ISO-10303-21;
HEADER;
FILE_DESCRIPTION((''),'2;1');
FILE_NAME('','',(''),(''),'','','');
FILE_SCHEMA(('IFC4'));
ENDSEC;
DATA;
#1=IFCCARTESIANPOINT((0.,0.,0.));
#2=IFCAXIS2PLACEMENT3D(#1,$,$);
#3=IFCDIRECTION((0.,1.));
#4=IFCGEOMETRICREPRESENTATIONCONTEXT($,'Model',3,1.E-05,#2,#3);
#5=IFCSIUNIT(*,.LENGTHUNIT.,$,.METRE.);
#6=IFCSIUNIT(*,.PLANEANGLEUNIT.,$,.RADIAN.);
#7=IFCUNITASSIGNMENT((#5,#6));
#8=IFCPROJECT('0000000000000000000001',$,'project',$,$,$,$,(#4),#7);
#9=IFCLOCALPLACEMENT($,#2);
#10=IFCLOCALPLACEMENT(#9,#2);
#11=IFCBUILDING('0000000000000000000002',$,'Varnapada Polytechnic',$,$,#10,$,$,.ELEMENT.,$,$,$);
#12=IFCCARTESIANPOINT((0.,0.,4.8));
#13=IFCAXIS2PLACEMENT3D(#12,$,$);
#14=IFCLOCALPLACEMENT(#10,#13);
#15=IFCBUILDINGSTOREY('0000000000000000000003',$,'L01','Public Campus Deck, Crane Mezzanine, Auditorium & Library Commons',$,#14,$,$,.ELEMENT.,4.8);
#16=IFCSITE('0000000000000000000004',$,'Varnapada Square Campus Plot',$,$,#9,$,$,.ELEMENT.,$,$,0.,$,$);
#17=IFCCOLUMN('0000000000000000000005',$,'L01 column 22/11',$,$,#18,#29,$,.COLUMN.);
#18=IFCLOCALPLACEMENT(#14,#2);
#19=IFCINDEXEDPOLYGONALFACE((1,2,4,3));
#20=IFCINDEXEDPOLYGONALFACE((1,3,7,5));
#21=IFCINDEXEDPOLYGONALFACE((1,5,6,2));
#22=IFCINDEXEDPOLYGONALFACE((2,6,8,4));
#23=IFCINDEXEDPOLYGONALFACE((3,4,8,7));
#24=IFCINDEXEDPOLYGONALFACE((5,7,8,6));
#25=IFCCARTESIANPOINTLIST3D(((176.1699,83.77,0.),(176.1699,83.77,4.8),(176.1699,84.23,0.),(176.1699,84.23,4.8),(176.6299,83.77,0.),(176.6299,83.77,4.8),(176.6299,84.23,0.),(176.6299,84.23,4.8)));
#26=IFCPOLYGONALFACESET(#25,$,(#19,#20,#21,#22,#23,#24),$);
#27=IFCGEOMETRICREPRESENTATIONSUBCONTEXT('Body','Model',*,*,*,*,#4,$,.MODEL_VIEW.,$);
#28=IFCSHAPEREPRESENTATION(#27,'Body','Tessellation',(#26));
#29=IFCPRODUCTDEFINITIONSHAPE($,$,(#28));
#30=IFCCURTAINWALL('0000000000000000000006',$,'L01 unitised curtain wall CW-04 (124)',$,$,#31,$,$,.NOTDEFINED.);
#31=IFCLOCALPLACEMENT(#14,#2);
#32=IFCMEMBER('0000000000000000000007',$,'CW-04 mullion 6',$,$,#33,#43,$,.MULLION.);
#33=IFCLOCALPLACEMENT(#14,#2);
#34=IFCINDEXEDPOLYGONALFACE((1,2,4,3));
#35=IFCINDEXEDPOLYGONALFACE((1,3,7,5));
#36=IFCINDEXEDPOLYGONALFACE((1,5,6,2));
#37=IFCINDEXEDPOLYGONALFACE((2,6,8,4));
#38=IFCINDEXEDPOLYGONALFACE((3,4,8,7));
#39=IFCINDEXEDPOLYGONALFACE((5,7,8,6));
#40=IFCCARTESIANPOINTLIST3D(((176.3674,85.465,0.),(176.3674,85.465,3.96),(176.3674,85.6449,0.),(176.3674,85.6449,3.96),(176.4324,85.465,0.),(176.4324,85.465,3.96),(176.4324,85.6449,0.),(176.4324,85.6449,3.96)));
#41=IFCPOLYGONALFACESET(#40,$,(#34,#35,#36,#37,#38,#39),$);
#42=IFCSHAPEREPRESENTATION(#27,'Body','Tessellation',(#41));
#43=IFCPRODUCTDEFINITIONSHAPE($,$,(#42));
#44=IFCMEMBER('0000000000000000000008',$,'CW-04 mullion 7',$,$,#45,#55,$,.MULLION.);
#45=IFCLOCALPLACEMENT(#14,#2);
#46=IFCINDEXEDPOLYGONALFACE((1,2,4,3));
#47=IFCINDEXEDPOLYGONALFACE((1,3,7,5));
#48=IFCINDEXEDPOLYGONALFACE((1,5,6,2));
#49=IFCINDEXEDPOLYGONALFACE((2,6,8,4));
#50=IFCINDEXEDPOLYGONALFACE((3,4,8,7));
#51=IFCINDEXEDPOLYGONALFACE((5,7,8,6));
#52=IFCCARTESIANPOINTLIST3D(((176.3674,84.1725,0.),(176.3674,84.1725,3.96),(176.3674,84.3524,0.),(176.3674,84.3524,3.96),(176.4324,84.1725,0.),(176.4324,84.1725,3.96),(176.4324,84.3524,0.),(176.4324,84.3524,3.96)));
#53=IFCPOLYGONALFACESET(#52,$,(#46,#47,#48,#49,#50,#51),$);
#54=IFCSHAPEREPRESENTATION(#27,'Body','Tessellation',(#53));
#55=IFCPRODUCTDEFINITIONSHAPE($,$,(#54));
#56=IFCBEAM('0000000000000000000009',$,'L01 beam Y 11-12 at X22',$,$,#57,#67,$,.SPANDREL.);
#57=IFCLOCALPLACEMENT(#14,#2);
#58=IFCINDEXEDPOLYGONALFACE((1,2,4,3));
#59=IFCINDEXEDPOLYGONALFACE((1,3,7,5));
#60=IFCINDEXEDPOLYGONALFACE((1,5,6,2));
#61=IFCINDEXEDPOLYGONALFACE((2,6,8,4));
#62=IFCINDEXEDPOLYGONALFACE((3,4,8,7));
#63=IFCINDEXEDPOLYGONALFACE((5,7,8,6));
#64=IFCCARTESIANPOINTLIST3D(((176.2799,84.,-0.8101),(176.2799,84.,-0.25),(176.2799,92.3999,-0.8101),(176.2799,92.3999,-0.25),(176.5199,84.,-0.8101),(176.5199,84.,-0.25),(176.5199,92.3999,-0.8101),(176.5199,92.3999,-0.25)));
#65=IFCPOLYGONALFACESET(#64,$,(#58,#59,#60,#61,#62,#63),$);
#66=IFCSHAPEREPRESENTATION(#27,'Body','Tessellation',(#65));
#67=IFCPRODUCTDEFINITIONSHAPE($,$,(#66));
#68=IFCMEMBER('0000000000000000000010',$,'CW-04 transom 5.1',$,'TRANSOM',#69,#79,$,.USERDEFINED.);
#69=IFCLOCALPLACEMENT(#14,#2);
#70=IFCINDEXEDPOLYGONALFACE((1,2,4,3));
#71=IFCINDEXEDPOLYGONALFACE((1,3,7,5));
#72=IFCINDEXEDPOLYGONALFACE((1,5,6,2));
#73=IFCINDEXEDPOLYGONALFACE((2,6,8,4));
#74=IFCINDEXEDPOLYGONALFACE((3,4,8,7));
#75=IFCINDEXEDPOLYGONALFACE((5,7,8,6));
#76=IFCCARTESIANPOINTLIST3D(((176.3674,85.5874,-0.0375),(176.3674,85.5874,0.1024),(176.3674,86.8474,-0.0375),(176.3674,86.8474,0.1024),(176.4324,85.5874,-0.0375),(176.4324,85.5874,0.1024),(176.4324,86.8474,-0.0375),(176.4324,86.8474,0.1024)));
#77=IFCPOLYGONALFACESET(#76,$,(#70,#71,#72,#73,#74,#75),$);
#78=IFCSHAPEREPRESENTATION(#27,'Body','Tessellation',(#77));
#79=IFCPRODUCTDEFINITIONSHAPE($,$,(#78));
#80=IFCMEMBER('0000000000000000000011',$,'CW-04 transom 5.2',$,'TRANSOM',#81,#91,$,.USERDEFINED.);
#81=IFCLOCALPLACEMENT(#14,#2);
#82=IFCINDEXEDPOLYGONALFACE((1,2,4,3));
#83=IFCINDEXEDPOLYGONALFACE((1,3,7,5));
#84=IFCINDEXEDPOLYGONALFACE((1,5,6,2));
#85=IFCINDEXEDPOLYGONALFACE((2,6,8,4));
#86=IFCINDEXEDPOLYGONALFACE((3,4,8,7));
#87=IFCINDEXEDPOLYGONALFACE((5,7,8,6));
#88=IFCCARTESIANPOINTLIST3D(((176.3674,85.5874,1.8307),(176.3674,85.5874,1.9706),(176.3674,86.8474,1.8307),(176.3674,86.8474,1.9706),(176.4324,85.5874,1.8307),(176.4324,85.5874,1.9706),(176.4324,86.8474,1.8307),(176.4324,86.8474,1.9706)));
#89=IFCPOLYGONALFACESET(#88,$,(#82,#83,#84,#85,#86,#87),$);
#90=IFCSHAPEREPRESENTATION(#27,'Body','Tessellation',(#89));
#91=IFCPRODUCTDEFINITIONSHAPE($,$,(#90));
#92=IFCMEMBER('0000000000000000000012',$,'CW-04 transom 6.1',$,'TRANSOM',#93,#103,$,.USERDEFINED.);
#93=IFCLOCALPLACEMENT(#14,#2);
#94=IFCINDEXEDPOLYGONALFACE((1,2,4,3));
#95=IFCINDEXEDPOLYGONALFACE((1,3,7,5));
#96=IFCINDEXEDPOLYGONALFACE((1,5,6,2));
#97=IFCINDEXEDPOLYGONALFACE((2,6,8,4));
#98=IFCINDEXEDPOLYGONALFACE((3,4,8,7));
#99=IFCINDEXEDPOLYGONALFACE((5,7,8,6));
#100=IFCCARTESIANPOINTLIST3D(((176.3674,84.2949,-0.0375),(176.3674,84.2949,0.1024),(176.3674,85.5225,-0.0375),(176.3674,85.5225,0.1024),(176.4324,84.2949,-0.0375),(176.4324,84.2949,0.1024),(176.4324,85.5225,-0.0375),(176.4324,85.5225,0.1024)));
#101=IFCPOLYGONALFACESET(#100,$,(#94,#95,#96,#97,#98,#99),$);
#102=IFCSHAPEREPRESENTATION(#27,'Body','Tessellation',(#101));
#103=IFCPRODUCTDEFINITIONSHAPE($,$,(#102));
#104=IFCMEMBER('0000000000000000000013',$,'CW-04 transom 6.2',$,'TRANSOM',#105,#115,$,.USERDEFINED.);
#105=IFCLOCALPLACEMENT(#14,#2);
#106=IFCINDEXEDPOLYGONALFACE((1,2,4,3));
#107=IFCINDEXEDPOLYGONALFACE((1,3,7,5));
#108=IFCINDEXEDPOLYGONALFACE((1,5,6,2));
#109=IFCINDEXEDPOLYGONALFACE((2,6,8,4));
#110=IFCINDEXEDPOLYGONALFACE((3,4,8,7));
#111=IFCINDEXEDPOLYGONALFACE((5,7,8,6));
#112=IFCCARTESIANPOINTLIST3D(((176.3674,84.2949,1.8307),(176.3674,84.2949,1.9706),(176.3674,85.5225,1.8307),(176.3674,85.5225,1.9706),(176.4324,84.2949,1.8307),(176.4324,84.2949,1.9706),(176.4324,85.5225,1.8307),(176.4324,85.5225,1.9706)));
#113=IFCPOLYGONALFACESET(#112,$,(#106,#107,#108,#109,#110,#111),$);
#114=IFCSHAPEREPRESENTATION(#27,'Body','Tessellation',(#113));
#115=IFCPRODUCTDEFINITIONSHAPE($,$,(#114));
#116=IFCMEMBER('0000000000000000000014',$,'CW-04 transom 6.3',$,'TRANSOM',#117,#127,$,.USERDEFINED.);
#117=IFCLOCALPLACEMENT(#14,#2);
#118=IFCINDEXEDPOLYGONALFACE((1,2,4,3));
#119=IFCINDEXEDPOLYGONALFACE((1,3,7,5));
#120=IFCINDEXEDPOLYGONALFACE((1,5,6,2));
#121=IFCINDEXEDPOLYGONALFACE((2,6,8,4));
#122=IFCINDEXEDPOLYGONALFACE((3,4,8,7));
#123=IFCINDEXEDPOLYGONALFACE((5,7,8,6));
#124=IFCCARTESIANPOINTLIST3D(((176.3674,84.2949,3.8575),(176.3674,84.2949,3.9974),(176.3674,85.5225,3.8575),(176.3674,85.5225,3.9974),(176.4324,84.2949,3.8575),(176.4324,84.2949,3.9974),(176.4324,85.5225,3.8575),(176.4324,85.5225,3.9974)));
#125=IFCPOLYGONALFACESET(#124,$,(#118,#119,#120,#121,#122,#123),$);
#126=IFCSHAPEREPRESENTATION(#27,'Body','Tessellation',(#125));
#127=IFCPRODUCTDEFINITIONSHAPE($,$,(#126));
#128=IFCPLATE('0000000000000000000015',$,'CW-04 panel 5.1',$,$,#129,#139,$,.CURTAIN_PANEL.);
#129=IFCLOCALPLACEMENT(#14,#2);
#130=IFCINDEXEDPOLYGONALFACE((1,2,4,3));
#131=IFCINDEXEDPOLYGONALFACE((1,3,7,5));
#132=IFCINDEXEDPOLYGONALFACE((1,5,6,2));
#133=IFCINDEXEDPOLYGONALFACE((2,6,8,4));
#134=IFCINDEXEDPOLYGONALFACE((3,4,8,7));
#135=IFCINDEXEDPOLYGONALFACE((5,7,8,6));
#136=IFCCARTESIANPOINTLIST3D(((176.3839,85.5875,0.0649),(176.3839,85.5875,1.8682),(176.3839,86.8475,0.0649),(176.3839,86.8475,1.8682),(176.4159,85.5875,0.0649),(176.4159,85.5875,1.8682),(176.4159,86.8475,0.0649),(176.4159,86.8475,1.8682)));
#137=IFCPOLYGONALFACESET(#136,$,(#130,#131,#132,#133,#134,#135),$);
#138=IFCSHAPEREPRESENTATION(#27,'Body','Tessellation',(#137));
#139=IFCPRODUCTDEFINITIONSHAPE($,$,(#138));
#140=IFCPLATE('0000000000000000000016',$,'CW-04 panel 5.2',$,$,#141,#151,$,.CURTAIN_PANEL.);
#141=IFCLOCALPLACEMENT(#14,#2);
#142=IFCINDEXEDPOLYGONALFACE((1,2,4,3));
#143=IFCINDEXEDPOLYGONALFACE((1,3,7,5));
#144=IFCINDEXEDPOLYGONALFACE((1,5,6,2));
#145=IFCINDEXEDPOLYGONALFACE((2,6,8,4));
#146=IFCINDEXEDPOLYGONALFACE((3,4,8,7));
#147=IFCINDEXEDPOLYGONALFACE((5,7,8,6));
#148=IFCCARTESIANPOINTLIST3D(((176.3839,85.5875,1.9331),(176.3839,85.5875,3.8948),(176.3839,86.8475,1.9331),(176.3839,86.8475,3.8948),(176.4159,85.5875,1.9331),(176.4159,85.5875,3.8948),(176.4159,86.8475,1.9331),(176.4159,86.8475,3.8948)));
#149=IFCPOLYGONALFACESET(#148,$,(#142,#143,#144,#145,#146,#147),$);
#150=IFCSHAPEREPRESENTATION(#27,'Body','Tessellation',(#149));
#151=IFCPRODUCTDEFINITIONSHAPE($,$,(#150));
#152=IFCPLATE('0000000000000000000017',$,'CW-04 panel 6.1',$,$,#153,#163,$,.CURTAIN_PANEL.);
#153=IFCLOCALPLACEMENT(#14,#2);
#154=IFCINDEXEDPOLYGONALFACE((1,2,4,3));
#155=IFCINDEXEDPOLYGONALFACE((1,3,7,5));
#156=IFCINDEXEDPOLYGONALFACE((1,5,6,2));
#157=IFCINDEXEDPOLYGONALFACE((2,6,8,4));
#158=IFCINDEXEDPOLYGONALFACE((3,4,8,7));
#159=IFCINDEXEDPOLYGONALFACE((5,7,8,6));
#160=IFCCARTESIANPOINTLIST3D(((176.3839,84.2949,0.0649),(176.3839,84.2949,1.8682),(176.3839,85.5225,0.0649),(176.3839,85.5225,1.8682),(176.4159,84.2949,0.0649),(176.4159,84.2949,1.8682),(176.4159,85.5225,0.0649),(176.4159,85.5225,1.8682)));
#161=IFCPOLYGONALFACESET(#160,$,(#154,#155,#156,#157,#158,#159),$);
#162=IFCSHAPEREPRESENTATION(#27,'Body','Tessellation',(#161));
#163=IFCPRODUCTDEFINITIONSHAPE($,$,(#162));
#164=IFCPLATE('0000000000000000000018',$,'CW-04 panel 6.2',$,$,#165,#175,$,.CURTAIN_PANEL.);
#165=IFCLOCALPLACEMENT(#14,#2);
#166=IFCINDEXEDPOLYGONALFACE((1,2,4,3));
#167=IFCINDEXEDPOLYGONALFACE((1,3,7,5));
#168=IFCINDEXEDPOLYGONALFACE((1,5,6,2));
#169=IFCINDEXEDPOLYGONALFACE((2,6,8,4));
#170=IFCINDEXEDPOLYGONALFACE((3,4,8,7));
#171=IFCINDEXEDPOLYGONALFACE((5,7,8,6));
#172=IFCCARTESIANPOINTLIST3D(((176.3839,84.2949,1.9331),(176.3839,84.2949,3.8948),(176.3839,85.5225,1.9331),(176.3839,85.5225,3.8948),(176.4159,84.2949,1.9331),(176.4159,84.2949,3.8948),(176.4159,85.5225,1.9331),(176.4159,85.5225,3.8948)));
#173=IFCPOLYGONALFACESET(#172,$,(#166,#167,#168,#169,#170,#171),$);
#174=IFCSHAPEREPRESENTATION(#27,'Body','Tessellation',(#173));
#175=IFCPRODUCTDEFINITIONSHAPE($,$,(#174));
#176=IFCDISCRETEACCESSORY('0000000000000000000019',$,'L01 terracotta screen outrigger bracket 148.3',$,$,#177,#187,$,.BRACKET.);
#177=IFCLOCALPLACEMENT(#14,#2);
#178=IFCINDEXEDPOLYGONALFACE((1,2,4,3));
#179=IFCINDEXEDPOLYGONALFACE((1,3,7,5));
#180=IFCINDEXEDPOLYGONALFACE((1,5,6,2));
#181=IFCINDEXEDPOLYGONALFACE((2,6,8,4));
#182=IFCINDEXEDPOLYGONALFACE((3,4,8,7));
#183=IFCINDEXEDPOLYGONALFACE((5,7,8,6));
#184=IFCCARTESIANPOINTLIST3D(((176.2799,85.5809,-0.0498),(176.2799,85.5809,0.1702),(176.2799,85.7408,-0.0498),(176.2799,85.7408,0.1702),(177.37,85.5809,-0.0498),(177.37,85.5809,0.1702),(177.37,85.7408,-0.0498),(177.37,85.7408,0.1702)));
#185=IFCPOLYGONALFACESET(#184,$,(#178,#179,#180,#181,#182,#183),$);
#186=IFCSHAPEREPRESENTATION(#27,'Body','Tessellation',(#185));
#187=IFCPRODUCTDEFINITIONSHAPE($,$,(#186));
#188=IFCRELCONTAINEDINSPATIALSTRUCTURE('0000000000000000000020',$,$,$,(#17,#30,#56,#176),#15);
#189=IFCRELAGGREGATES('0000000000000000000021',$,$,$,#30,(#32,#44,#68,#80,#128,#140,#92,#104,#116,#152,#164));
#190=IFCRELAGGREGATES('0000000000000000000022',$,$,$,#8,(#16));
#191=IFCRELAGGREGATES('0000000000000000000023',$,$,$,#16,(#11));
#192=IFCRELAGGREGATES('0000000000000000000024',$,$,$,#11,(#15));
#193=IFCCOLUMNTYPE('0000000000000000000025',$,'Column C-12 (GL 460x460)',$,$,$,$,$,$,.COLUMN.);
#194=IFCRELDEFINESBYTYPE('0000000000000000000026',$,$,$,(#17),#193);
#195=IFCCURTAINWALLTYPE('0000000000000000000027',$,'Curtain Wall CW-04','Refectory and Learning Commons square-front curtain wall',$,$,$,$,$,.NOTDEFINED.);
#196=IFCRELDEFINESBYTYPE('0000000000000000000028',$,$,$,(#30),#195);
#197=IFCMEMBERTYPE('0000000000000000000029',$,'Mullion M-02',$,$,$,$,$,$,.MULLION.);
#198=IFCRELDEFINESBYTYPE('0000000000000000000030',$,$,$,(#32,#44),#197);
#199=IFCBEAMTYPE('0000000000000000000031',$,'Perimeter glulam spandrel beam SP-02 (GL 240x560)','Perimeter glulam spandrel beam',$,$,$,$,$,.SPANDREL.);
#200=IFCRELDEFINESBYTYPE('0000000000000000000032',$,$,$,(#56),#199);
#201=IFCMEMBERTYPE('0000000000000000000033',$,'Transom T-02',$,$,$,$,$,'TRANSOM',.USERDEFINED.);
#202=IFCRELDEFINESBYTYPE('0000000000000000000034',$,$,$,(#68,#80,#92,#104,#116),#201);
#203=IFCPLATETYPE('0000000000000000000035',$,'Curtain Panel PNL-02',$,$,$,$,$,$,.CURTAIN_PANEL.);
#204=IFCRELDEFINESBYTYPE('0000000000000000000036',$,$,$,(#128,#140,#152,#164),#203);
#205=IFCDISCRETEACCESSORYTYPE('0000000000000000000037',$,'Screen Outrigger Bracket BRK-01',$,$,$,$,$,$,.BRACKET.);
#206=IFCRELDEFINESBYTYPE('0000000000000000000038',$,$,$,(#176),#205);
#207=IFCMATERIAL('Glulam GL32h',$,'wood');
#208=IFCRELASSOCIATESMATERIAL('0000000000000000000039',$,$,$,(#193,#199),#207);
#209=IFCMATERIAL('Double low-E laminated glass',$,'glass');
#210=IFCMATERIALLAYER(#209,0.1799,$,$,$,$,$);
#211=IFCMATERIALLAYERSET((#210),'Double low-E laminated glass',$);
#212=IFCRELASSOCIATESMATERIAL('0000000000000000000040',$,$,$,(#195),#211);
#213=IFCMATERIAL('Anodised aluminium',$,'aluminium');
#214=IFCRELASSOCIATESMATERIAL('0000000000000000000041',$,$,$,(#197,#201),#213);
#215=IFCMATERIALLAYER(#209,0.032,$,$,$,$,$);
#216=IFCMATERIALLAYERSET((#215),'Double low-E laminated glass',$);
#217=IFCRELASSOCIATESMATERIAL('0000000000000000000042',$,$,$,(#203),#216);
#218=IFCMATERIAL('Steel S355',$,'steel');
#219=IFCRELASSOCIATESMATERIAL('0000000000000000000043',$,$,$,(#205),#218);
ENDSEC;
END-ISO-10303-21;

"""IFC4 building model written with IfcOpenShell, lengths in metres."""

from ifc_helpers import new_model, si_unit, direction, frame, origin, origin_2d, place, context, subcontext, project, spatial, rectangle, extrude, material, layer, layer_set, material_profile, profile_set, type_object, element, aggregate, save


model = new_model("IFC4")

# Units and contexts
model_context = context("Model", 3, precision=1e-05, world=origin(), true_north=direction((0.0, 1.0)))
body_context = subcontext(model_context, "Body", "Model", "MODEL_VIEW")
ifc_project = project(units=[si_unit("LENGTHUNIT", "METRE"), si_unit("PLANEANGLEUNIT", "RADIAN")], contexts=[model_context])

# Site, building, storey
site_placement = place(None, origin())
site = spatial("IfcSite", under=ifc_project, at=site_placement, Name="Varnapada Square Campus Plot", CompositionType="ELEMENT", RefElevation=0.0)
building_placement = place(site_placement, origin())
building = spatial("IfcBuilding", under=site, at=building_placement, Name="Varnapada Polytechnic", CompositionType="ELEMENT")
storey_placement = place(building_placement, frame((0.0, 0.0, 4.8)))
storey = spatial("IfcBuildingStorey", under=building, at=storey_placement, Name="L01", Description="Public Campus Deck, Crane Mezzanine, Auditorium & Library Commons", CompositionType="ELEMENT", Elevation=4.8)

# Column
ifc_material_1 = material(Name="Glulam GL32h", Category="wood")
ifc_material_profile_1 = material_profile(ifc_material_1, rectangle(XDim=0.46, YDim=0.46, at=origin_2d()), Name="GL 460x460")
ifc_profile_set_1 = profile_set([ifc_material_profile_1], Name="Glulam GL32h")
column_type = type_object("IfcColumnType", Name="Column C-12 (GL 460x460)", PredefinedType="COLUMN", material=ifc_profile_set_1)
column_placement = place(storey_placement, frame((176.3999, 84.0, 0.0), z_axis=(0.0, 0.0, 1.0), x_axis=(1.0, 0.0, 0.0)))
element("IfcColumn", 1, at=column_placement, inside=storey, type_object=column_type, Name="L01 column 22/11", PredefinedType="COLUMN", context=body_context, shape_type="SweptSolid", body=[
    extrude(rectangle(XDim=0.46, YDim=0.46, at=origin_2d()), origin(), (0.0, 0.0, 1.0), 4.8),
])

# Curtain wall, members
ifc_material_2 = material(Name="Double low-E laminated glass", Category="glass")
ifc_layer_1 = layer(ifc_material_2, 0.1799)
ifc_layer_set_1 = layer_set([ifc_layer_1], Name="Double low-E laminated glass")
curtain_wall_type = type_object("IfcCurtainWallType", Name="Curtain Wall CW-04", Description="Refectory and Learning Commons square-front curtain wall", PredefinedType="NOTDEFINED", material=ifc_layer_set_1)
curtain_wall_placement = place(storey_placement, origin())
curtain_wall = element("IfcCurtainWall", 2, at=curtain_wall_placement, inside=storey, type_object=curtain_wall_type, Name="L01 unitised curtain wall CW-04 (124)", PredefinedType="NOTDEFINED")
ifc_material_3 = material(Name="Anodised aluminium", Category="aluminium")
ifc_material_profile_2 = material_profile(ifc_material_3, rectangle(XDim=0.0649, YDim=0.1799, at=origin_2d()), Name="ALU M65x180")
ifc_profile_set_2 = profile_set([ifc_material_profile_2], Name="Anodised aluminium")
member_type_1 = type_object("IfcMemberType", Name="Mullion M-02", PredefinedType="MULLION", material=ifc_profile_set_2)
member_1_placement = place(storey_placement, frame((176.3999, 85.5549, 0.0), z_axis=(0.0, 0.0, 1.0), x_axis=(1.0, 0.0, 0.0)))
member_1 = element("IfcMember", 3, at=member_1_placement, type_object=member_type_1, Name="CW-04 mullion 6", PredefinedType="MULLION", context=body_context, shape_type="SweptSolid", body=[
    extrude(rectangle(XDim=0.0649, YDim=0.1799, at=origin_2d()), origin(), (0.0, 0.0, 1.0), 3.96),
])
member_2_placement = place(storey_placement, frame((176.3999, 84.2625, 0.0), z_axis=(0.0, 0.0, 1.0), x_axis=(1.0, 0.0, 0.0)))
member_2 = element("IfcMember", 4, at=member_2_placement, type_object=member_type_1, Name="CW-04 mullion 7", PredefinedType="MULLION", context=body_context, shape_type="SweptSolid", body=[
    extrude(rectangle(XDim=0.0649, YDim=0.1799, at=origin_2d()), origin(), (0.0, 0.0, 1.0), 3.96),
])

# Beam
ifc_material_profile_3 = material_profile(ifc_material_1, rectangle(XDim=0.24, YDim=0.5601, at=origin_2d()), Name="GL 240x560")
ifc_profile_set_3 = profile_set([ifc_material_profile_3], Name="Glulam GL32h")
beam_type = type_object("IfcBeamType", Name="Perimeter glulam spandrel beam SP-02 (GL 240x560)", Description="Perimeter glulam spandrel beam", PredefinedType="SPANDREL", material=ifc_profile_set_3)
beam_placement = place(storey_placement, frame((176.3999, 84.0, -0.53), z_axis=(0.0, 1.0, 0.0), x_axis=(-1.0, 0.0, 0.0)))
element("IfcBeam", 5, at=beam_placement, inside=storey, type_object=beam_type, Name="L01 beam Y 11-12 at X22", PredefinedType="SPANDREL", context=body_context, shape_type="SweptSolid", body=[
    extrude(rectangle(XDim=0.24, YDim=0.5601, at=origin_2d()), origin(), (0.0, 0.0, 1.0), 8.3999),
])

# Members
ifc_material_profile_4 = material_profile(ifc_material_3, rectangle(XDim=0.0649, YDim=0.1399, at=origin_2d()), Name="ALU T65x140")
ifc_profile_set_4 = profile_set([ifc_material_profile_4], Name="Anodised aluminium")
member_type_2 = type_object("IfcMemberType", Name="Transom T-02", ElementType="TRANSOM", PredefinedType="USERDEFINED", material=ifc_profile_set_4)
member_3_placement = place(storey_placement, frame((176.3999, 86.8474, 0.0325), z_axis=(0.0, -1.0, 0.0), x_axis=(1.0, 0.0, 0.0)))
member_3 = element("IfcMember", 6, at=member_3_placement, type_object=member_type_2, Name="CW-04 transom 5.1", ObjectType="TRANSOM", PredefinedType="USERDEFINED", context=body_context, shape_type="SweptSolid", body=[
    extrude(rectangle(XDim=0.0649, YDim=0.1399, at=origin_2d()), origin(), (0.0, 0.0, 1.0), 1.26),
])
member_4_placement = place(storey_placement, frame((176.3999, 86.8474, 1.9006), z_axis=(0.0, -1.0, 0.0), x_axis=(1.0, 0.0, 0.0)))
member_4 = element("IfcMember", 7, at=member_4_placement, type_object=member_type_2, Name="CW-04 transom 5.2", ObjectType="TRANSOM", PredefinedType="USERDEFINED", context=body_context, shape_type="SweptSolid", body=[
    extrude(rectangle(XDim=0.0649, YDim=0.1399, at=origin_2d()), origin(), (0.0, 0.0, 1.0), 1.26),
])
member_5_placement = place(storey_placement, frame((176.3999, 85.5225, 0.0325), z_axis=(0.0, -1.0, 0.0), x_axis=(1.0, 0.0, 0.0)))
member_5 = element("IfcMember", 8, at=member_5_placement, type_object=member_type_2, Name="CW-04 transom 6.1", ObjectType="TRANSOM", PredefinedType="USERDEFINED", context=body_context, shape_type="SweptSolid", body=[
    extrude(rectangle(XDim=0.0649, YDim=0.1399, at=origin_2d()), origin(), (0.0, 0.0, 1.0), 1.2275),
])
member_6_placement = place(storey_placement, frame((176.3999, 85.5225, 1.9006), z_axis=(0.0, -1.0, 0.0), x_axis=(1.0, 0.0, 0.0)))
member_6 = element("IfcMember", 9, at=member_6_placement, type_object=member_type_2, Name="CW-04 transom 6.2", ObjectType="TRANSOM", PredefinedType="USERDEFINED", context=body_context, shape_type="SweptSolid", body=[
    extrude(rectangle(XDim=0.0649, YDim=0.1399, at=origin_2d()), origin(), (0.0, 0.0, 1.0), 1.2275),
])
member_7_placement = place(storey_placement, frame((176.3999, 85.5225, 3.9275), z_axis=(0.0, -1.0, 0.0), x_axis=(1.0, 0.0, 0.0)))
member_7 = element("IfcMember", 10, at=member_7_placement, type_object=member_type_2, Name="CW-04 transom 6.3", ObjectType="TRANSOM", PredefinedType="USERDEFINED", context=body_context, shape_type="SweptSolid", body=[
    extrude(rectangle(XDim=0.0649, YDim=0.1399, at=origin_2d()), origin(), (0.0, 0.0, 1.0), 1.2275),
])

# Plates
ifc_layer_2 = layer(ifc_material_2, 0.032)
ifc_layer_set_2 = layer_set([ifc_layer_2], Name="Double low-E laminated glass")
plate_type = type_object("IfcPlateType", Name="Curtain Panel PNL-02", PredefinedType="CURTAIN_PANEL", material=ifc_layer_set_2)
plate_1_placement = place(storey_placement, frame((176.3999, 86.2175, 0.0649), z_axis=(0.0, 0.0, 1.0), x_axis=(0.0, -1.0, 0.0)))
plate_1 = element("IfcPlate", 11, at=plate_1_placement, type_object=plate_type, Name="CW-04 panel 5.1", PredefinedType="CURTAIN_PANEL", context=body_context, shape_type="SweptSolid", body=[
    extrude(rectangle(XDim=1.26, YDim=0.032, at=origin_2d()), origin(), (0.0, 0.0, 1.0), 1.8032),
])
plate_2_placement = place(storey_placement, frame((176.3999, 86.2175, 1.9331), z_axis=(0.0, 0.0, 1.0), x_axis=(0.0, -1.0, 0.0)))
plate_2 = element("IfcPlate", 12, at=plate_2_placement, type_object=plate_type, Name="CW-04 panel 5.2", PredefinedType="CURTAIN_PANEL", context=body_context, shape_type="SweptSolid", body=[
    extrude(rectangle(XDim=1.26, YDim=0.032, at=origin_2d()), origin(), (0.0, 0.0, 1.0), 1.9617),
])
plate_3_placement = place(storey_placement, frame((176.3999, 84.9087, 0.0649), z_axis=(0.0, 0.0, 1.0), x_axis=(0.0, -1.0, 0.0)))
plate_3 = element("IfcPlate", 13, at=plate_3_placement, type_object=plate_type, Name="CW-04 panel 6.1", PredefinedType="CURTAIN_PANEL", context=body_context, shape_type="SweptSolid", body=[
    extrude(rectangle(XDim=1.2275, YDim=0.032, at=origin_2d()), origin(), (0.0, 0.0, 1.0), 1.8032),
])
plate_4_placement = place(storey_placement, frame((176.3999, 84.9087, 1.9331), z_axis=(0.0, 0.0, 1.0), x_axis=(0.0, -1.0, 0.0)))
plate_4 = element("IfcPlate", 14, at=plate_4_placement, type_object=plate_type, Name="CW-04 panel 6.2", PredefinedType="CURTAIN_PANEL", context=body_context, shape_type="SweptSolid", body=[
    extrude(rectangle(XDim=1.2275, YDim=0.032, at=origin_2d()), origin(), (0.0, 0.0, 1.0), 1.9617),
])
aggregate(curtain_wall, [member_1, member_2, member_3, member_4, plate_1, plate_2, member_5, member_6, member_7, plate_3, plate_4])

# Discrete accessory
ifc_material_4 = material(Name="Steel S355", Category="steel")
discrete_accessory_type = type_object("IfcDiscreteAccessoryType", Name="Screen Outrigger Bracket BRK-01", PredefinedType="BRACKET", material=ifc_material_4)
discrete_accessory_placement = place(storey_placement, frame((176.825, 85.6609, -0.0498), z_axis=(0.0, 0.0, 1.0), x_axis=(0.0, -1.0, 0.0)))
element("IfcDiscreteAccessory", 15, at=discrete_accessory_placement, inside=storey, type_object=discrete_accessory_type, Name="L01 terracotta screen outrigger bracket 148.3", PredefinedType="BRACKET", context=body_context, shape_type="SweptSolid", body=[
    extrude(rectangle(XDim=0.1599, YDim=1.0901, at=origin_2d()), origin(), (0.0, 0.0, 1.0), 0.22),
])

save(model, "model.ifc")
